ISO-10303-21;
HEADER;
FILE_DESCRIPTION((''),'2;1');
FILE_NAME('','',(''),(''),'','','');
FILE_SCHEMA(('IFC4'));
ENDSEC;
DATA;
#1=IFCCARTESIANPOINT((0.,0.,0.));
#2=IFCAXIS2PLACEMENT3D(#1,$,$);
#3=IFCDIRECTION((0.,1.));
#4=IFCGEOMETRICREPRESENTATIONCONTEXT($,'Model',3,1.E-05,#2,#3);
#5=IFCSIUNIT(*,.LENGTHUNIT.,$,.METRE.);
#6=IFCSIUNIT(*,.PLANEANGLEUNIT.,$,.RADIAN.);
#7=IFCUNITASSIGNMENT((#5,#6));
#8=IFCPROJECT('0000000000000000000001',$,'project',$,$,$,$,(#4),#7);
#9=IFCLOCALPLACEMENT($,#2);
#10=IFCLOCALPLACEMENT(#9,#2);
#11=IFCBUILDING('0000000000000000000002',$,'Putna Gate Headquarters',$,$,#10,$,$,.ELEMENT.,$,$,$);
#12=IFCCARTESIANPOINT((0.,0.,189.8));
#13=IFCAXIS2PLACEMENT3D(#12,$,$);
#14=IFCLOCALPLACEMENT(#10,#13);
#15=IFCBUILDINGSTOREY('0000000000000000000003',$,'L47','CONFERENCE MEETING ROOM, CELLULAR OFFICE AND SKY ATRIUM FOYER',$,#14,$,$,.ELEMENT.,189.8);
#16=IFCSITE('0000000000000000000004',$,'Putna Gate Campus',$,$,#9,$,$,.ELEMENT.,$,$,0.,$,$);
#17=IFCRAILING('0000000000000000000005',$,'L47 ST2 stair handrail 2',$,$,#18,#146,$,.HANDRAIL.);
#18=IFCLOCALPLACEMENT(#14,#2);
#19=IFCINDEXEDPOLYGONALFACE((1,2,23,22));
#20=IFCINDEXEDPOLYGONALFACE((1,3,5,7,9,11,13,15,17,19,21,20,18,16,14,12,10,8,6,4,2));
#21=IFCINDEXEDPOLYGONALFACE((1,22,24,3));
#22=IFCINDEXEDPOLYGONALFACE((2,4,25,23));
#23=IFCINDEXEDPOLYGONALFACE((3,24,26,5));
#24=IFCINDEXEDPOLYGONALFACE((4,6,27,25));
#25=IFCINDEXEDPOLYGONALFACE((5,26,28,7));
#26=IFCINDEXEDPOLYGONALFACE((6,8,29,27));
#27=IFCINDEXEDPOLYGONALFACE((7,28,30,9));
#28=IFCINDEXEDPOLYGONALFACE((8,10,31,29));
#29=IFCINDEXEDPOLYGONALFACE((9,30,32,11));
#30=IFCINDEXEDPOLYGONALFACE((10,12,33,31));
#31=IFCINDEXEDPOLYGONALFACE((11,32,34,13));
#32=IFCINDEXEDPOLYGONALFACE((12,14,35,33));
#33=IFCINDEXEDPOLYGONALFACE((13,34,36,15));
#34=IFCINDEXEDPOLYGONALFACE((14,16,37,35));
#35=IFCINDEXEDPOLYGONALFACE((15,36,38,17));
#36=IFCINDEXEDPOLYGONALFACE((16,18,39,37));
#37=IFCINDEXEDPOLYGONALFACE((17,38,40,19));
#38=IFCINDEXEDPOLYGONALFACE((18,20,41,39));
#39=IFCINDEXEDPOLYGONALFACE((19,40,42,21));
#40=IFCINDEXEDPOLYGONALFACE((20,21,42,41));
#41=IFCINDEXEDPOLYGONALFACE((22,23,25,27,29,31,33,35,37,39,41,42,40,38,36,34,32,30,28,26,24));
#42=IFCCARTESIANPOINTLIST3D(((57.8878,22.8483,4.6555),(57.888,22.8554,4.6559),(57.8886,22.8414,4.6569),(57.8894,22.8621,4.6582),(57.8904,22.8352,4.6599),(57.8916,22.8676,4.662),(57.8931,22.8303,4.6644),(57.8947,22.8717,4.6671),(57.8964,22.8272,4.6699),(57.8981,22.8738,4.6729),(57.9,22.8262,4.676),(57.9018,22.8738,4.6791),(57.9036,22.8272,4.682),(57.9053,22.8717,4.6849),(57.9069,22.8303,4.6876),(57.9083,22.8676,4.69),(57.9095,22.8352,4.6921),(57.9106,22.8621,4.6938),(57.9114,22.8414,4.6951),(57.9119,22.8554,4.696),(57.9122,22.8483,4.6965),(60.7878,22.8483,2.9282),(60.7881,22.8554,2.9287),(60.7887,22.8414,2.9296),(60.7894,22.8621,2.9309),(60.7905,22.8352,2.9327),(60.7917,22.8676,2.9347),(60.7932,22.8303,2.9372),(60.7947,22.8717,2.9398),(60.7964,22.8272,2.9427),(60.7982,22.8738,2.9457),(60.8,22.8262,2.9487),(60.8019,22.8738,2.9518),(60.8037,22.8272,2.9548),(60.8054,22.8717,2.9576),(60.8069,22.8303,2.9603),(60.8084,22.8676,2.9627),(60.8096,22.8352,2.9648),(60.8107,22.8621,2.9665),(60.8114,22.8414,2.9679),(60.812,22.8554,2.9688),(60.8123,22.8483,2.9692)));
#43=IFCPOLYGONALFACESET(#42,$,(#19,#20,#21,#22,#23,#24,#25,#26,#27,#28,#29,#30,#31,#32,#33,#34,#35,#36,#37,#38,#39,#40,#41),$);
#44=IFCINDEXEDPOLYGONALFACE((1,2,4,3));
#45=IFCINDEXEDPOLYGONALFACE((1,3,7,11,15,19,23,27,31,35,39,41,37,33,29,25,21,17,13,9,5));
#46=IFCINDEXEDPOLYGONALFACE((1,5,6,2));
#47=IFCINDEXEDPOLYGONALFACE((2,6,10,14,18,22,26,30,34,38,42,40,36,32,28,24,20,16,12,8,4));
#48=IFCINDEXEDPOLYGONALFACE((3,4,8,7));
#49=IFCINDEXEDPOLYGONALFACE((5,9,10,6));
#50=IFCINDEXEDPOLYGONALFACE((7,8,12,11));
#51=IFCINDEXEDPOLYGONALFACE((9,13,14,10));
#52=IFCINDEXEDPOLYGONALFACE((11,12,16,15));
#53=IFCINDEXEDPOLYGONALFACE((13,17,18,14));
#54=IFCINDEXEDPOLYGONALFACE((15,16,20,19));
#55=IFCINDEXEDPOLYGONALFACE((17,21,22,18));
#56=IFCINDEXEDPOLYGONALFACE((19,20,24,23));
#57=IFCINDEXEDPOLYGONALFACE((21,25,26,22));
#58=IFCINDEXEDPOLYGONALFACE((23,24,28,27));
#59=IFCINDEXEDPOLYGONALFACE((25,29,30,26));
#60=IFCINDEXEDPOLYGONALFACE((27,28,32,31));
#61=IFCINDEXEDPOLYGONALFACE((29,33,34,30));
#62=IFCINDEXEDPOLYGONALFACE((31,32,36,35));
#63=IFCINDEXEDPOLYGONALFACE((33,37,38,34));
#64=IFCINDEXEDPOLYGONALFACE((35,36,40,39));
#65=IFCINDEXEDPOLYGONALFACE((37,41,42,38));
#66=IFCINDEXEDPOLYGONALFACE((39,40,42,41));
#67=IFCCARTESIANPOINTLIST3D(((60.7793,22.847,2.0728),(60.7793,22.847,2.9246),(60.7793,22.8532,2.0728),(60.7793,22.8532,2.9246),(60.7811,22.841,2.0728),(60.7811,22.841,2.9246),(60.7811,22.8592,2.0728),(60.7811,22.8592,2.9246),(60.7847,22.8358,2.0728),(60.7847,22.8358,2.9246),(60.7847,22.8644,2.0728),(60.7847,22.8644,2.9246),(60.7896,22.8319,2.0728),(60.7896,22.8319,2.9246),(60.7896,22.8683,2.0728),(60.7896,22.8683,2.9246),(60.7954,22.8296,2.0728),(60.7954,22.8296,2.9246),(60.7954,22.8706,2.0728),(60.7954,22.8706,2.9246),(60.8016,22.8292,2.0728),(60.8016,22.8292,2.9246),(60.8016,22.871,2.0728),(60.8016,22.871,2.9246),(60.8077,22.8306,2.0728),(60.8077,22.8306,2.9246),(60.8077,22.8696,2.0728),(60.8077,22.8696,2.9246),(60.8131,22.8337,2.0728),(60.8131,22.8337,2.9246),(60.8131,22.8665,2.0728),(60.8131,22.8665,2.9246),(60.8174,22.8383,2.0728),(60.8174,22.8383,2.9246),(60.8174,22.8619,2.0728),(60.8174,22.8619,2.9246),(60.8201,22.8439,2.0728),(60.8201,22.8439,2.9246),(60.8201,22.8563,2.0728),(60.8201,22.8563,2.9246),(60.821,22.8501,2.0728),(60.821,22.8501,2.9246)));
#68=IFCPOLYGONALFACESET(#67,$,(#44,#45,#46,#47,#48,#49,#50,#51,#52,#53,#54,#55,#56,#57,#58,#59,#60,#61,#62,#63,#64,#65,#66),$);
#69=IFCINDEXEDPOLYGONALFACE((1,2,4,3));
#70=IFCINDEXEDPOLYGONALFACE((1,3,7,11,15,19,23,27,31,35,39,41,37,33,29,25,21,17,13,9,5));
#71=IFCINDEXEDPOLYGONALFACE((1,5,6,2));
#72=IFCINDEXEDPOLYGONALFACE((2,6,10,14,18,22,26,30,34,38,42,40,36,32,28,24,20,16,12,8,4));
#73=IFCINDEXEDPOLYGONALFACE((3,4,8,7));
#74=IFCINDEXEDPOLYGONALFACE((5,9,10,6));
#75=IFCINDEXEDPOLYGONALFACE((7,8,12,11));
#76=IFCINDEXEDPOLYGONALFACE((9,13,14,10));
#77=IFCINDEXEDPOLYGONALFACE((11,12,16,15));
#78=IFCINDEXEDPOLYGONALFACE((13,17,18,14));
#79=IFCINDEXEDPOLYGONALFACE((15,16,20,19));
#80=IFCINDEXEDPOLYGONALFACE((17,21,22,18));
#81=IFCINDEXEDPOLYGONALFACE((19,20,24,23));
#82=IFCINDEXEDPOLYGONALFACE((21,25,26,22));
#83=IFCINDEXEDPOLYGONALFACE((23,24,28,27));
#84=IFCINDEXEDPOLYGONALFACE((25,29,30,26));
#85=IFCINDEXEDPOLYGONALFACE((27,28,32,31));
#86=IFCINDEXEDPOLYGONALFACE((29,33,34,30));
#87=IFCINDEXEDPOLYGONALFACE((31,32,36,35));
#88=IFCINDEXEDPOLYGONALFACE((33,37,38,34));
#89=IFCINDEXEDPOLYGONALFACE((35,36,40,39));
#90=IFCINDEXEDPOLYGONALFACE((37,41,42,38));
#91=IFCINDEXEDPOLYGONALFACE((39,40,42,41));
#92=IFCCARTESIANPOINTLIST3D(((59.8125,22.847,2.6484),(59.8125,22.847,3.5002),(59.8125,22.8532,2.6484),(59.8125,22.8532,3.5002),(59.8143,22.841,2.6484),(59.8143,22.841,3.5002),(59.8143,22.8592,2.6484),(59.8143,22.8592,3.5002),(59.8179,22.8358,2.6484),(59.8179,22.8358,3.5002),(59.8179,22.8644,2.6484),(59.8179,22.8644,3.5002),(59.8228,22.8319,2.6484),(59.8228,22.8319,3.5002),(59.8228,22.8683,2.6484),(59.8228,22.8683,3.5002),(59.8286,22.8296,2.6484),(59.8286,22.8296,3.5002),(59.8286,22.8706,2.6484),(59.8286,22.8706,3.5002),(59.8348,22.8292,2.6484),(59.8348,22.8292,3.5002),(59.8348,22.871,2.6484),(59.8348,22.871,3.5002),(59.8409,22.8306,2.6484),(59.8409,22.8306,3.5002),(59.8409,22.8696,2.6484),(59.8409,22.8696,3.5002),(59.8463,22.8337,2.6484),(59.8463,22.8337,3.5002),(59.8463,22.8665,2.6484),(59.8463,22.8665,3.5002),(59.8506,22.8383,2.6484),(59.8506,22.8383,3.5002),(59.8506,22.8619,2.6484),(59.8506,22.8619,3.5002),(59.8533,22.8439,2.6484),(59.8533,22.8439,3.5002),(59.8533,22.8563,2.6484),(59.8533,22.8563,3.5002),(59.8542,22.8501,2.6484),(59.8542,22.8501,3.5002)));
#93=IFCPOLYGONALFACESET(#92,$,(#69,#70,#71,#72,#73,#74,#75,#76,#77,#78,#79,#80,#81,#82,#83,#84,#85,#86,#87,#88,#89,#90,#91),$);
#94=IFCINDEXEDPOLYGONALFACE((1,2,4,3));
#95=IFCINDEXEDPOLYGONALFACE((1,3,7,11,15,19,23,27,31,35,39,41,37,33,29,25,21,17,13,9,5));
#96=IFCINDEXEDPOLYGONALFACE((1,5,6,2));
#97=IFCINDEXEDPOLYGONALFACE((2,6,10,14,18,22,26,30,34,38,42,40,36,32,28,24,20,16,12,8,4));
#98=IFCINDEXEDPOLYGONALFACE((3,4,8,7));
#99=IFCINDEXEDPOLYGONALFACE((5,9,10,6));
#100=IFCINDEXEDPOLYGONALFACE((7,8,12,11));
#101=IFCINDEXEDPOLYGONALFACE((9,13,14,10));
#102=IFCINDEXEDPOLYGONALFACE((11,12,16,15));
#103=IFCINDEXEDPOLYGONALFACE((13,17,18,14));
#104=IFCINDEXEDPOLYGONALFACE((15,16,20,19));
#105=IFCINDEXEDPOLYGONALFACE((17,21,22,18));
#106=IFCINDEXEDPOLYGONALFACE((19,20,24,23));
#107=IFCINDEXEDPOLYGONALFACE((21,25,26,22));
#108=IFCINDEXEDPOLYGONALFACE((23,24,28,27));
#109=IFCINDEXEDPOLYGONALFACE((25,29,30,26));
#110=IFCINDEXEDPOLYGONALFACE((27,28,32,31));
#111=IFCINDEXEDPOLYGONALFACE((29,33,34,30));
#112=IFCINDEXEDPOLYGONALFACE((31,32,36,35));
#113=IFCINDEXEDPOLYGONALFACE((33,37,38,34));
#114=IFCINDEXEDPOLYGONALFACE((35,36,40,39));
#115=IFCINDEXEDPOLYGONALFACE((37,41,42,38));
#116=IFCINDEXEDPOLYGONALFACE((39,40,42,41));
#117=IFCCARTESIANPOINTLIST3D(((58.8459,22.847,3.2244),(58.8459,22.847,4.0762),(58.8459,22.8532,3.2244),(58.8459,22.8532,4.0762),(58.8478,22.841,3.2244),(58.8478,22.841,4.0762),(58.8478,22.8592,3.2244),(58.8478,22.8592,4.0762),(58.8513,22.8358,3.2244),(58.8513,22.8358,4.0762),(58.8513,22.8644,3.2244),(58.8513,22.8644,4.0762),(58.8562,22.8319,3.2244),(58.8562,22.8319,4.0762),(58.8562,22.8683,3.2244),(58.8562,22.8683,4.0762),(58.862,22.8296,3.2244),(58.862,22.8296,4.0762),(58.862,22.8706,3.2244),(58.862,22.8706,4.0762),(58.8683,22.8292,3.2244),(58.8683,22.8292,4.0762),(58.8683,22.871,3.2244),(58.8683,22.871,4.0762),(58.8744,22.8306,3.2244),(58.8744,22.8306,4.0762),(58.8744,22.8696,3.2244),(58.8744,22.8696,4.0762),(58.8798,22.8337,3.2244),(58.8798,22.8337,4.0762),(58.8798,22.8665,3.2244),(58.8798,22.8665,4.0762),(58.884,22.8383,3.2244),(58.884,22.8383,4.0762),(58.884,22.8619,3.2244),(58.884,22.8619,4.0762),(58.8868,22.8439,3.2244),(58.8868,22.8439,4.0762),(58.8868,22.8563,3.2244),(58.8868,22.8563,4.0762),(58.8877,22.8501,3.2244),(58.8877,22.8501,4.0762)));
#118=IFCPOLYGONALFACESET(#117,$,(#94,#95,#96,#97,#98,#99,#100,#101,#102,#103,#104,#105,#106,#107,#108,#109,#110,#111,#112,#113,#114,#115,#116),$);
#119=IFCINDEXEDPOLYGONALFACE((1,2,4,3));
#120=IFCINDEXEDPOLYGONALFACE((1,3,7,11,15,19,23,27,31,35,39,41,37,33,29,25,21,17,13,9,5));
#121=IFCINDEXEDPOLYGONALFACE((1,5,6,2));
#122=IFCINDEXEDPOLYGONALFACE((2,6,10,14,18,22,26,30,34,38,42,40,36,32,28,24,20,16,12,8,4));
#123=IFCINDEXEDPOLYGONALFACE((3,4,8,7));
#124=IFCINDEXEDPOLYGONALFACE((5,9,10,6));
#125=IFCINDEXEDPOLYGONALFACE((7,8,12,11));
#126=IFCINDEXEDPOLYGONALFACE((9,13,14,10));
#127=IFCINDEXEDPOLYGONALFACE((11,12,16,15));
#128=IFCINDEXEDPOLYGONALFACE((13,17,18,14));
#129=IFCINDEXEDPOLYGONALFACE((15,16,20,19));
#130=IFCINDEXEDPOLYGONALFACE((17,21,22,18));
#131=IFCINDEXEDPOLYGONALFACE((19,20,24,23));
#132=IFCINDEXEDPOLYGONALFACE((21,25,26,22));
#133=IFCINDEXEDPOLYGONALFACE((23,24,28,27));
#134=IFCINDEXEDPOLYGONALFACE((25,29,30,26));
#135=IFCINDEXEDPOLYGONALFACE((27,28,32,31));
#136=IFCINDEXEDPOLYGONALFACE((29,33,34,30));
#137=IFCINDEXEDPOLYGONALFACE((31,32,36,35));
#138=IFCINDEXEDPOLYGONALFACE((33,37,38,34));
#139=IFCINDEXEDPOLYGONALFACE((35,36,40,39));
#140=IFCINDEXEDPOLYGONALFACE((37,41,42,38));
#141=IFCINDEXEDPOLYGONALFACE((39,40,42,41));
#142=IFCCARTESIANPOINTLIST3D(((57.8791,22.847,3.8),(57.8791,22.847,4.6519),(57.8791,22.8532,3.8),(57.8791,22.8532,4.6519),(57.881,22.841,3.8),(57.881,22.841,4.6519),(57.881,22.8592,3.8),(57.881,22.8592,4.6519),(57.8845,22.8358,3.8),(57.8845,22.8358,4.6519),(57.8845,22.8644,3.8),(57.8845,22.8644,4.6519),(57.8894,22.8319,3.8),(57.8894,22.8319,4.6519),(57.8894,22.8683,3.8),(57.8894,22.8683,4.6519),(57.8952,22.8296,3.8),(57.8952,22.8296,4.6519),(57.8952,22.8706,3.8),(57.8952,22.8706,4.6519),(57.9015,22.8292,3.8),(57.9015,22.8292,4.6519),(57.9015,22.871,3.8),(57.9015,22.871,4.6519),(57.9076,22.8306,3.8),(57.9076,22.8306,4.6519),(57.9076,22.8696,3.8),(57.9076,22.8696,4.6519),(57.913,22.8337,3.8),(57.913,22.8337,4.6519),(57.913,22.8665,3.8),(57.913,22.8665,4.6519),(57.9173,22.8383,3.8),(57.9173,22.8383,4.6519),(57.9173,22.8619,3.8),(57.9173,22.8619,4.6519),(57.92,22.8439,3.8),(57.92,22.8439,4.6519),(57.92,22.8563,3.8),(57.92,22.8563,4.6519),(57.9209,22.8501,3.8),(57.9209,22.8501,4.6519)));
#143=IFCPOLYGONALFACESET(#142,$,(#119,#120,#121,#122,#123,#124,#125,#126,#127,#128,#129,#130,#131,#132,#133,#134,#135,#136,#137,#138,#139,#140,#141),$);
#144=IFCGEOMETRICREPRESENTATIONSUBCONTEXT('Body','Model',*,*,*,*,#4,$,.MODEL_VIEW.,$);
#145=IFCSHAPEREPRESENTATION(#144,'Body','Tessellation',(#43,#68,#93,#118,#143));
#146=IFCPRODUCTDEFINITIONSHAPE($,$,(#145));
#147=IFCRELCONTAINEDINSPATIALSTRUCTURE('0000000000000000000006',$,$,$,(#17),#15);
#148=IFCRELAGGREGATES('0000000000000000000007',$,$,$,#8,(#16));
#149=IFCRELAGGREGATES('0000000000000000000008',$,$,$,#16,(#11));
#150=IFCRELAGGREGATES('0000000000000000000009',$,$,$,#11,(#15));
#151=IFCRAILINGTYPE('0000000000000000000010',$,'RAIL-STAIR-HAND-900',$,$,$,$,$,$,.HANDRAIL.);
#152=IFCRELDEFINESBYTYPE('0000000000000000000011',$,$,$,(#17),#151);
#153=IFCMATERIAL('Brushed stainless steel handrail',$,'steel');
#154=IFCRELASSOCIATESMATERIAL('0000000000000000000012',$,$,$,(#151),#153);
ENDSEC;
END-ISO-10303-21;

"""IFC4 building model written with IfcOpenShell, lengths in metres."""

from ifc_helpers import new_model, si_unit, direction, frame, origin, origin_2d, place, context, subcontext, project, spatial, circle, extrude, material, type_object, element, save


model = new_model("IFC4")

# Units and contexts
model_context = context("Model", 3, precision=1e-05, world=origin(), true_north=direction((0.0, 1.0)))
body_context = subcontext(model_context, "Body", "Model", "MODEL_VIEW")
ifc_project = project(units=[si_unit("LENGTHUNIT", "METRE"), si_unit("PLANEANGLEUNIT", "RADIAN")], contexts=[model_context])

# Site, building, storey
site_placement = place(None, origin())
site = spatial("IfcSite", under=ifc_project, at=site_placement, Name="Putna Gate Campus", CompositionType="ELEMENT", RefElevation=0.0)
building_placement = place(site_placement, origin())
building = spatial("IfcBuilding", under=site, at=building_placement, Name="Putna Gate Headquarters", CompositionType="ELEMENT")
storey_placement = place(building_placement, frame((0.0, 0.0, 189.8)))
storey = spatial("IfcBuildingStorey", under=building, at=storey_placement, Name="L47", Description="CONFERENCE MEETING ROOM, CELLULAR OFFICE AND SKY ATRIUM FOYER", CompositionType="ELEMENT", Elevation=189.8)

# Railing
ifc_material_1 = material(Name="Brushed stainless steel handrail", Category="steel")
railing_type_1 = type_object("IfcRailingType", Name="RAIL-STAIR-HAND-900", PredefinedType="HANDRAIL", material=ifc_material_1)
railing_1_placement = place(storey_placement, frame((60.8, 22.8501, 2.0728)))
element("IfcRailing", 1, at=railing_1_placement, inside=storey, type_object=railing_type_1, Name="L47 ST2 stair handrail 2", PredefinedType="HANDRAIL", context=body_context, shape_type="SweptSolid", body=[
    extrude(circle(Radius=0.0239, at=origin_2d()), frame((0.0, 0.0, 0.876), z_axis=(-0.85916, 0.0, 0.511706), x_axis=(0.0, -1.0, 0.0)), (0.0, 0.0, 1.0), 3.3755),
    extrude(circle(Radius=0.021, at=origin_2d()), origin(), (0.0, 0.0, 1.0), 0.8518),
    extrude(circle(Radius=0.021, at=origin_2d()), frame((-0.9668, 0.0, 0.5757)), (0.0, 0.0, 1.0), 0.8518),
    extrude(circle(Radius=0.021, at=origin_2d()), frame((-1.9333, 0.0, 1.1516)), (0.0, 0.0, 1.0), 0.8518),
    extrude(circle(Radius=0.021, at=origin_2d()), frame((-2.9001, 0.0, 1.7273)), (0.0, 0.0, 1.0), 0.8518),
])

save(model, "model.ifc")
